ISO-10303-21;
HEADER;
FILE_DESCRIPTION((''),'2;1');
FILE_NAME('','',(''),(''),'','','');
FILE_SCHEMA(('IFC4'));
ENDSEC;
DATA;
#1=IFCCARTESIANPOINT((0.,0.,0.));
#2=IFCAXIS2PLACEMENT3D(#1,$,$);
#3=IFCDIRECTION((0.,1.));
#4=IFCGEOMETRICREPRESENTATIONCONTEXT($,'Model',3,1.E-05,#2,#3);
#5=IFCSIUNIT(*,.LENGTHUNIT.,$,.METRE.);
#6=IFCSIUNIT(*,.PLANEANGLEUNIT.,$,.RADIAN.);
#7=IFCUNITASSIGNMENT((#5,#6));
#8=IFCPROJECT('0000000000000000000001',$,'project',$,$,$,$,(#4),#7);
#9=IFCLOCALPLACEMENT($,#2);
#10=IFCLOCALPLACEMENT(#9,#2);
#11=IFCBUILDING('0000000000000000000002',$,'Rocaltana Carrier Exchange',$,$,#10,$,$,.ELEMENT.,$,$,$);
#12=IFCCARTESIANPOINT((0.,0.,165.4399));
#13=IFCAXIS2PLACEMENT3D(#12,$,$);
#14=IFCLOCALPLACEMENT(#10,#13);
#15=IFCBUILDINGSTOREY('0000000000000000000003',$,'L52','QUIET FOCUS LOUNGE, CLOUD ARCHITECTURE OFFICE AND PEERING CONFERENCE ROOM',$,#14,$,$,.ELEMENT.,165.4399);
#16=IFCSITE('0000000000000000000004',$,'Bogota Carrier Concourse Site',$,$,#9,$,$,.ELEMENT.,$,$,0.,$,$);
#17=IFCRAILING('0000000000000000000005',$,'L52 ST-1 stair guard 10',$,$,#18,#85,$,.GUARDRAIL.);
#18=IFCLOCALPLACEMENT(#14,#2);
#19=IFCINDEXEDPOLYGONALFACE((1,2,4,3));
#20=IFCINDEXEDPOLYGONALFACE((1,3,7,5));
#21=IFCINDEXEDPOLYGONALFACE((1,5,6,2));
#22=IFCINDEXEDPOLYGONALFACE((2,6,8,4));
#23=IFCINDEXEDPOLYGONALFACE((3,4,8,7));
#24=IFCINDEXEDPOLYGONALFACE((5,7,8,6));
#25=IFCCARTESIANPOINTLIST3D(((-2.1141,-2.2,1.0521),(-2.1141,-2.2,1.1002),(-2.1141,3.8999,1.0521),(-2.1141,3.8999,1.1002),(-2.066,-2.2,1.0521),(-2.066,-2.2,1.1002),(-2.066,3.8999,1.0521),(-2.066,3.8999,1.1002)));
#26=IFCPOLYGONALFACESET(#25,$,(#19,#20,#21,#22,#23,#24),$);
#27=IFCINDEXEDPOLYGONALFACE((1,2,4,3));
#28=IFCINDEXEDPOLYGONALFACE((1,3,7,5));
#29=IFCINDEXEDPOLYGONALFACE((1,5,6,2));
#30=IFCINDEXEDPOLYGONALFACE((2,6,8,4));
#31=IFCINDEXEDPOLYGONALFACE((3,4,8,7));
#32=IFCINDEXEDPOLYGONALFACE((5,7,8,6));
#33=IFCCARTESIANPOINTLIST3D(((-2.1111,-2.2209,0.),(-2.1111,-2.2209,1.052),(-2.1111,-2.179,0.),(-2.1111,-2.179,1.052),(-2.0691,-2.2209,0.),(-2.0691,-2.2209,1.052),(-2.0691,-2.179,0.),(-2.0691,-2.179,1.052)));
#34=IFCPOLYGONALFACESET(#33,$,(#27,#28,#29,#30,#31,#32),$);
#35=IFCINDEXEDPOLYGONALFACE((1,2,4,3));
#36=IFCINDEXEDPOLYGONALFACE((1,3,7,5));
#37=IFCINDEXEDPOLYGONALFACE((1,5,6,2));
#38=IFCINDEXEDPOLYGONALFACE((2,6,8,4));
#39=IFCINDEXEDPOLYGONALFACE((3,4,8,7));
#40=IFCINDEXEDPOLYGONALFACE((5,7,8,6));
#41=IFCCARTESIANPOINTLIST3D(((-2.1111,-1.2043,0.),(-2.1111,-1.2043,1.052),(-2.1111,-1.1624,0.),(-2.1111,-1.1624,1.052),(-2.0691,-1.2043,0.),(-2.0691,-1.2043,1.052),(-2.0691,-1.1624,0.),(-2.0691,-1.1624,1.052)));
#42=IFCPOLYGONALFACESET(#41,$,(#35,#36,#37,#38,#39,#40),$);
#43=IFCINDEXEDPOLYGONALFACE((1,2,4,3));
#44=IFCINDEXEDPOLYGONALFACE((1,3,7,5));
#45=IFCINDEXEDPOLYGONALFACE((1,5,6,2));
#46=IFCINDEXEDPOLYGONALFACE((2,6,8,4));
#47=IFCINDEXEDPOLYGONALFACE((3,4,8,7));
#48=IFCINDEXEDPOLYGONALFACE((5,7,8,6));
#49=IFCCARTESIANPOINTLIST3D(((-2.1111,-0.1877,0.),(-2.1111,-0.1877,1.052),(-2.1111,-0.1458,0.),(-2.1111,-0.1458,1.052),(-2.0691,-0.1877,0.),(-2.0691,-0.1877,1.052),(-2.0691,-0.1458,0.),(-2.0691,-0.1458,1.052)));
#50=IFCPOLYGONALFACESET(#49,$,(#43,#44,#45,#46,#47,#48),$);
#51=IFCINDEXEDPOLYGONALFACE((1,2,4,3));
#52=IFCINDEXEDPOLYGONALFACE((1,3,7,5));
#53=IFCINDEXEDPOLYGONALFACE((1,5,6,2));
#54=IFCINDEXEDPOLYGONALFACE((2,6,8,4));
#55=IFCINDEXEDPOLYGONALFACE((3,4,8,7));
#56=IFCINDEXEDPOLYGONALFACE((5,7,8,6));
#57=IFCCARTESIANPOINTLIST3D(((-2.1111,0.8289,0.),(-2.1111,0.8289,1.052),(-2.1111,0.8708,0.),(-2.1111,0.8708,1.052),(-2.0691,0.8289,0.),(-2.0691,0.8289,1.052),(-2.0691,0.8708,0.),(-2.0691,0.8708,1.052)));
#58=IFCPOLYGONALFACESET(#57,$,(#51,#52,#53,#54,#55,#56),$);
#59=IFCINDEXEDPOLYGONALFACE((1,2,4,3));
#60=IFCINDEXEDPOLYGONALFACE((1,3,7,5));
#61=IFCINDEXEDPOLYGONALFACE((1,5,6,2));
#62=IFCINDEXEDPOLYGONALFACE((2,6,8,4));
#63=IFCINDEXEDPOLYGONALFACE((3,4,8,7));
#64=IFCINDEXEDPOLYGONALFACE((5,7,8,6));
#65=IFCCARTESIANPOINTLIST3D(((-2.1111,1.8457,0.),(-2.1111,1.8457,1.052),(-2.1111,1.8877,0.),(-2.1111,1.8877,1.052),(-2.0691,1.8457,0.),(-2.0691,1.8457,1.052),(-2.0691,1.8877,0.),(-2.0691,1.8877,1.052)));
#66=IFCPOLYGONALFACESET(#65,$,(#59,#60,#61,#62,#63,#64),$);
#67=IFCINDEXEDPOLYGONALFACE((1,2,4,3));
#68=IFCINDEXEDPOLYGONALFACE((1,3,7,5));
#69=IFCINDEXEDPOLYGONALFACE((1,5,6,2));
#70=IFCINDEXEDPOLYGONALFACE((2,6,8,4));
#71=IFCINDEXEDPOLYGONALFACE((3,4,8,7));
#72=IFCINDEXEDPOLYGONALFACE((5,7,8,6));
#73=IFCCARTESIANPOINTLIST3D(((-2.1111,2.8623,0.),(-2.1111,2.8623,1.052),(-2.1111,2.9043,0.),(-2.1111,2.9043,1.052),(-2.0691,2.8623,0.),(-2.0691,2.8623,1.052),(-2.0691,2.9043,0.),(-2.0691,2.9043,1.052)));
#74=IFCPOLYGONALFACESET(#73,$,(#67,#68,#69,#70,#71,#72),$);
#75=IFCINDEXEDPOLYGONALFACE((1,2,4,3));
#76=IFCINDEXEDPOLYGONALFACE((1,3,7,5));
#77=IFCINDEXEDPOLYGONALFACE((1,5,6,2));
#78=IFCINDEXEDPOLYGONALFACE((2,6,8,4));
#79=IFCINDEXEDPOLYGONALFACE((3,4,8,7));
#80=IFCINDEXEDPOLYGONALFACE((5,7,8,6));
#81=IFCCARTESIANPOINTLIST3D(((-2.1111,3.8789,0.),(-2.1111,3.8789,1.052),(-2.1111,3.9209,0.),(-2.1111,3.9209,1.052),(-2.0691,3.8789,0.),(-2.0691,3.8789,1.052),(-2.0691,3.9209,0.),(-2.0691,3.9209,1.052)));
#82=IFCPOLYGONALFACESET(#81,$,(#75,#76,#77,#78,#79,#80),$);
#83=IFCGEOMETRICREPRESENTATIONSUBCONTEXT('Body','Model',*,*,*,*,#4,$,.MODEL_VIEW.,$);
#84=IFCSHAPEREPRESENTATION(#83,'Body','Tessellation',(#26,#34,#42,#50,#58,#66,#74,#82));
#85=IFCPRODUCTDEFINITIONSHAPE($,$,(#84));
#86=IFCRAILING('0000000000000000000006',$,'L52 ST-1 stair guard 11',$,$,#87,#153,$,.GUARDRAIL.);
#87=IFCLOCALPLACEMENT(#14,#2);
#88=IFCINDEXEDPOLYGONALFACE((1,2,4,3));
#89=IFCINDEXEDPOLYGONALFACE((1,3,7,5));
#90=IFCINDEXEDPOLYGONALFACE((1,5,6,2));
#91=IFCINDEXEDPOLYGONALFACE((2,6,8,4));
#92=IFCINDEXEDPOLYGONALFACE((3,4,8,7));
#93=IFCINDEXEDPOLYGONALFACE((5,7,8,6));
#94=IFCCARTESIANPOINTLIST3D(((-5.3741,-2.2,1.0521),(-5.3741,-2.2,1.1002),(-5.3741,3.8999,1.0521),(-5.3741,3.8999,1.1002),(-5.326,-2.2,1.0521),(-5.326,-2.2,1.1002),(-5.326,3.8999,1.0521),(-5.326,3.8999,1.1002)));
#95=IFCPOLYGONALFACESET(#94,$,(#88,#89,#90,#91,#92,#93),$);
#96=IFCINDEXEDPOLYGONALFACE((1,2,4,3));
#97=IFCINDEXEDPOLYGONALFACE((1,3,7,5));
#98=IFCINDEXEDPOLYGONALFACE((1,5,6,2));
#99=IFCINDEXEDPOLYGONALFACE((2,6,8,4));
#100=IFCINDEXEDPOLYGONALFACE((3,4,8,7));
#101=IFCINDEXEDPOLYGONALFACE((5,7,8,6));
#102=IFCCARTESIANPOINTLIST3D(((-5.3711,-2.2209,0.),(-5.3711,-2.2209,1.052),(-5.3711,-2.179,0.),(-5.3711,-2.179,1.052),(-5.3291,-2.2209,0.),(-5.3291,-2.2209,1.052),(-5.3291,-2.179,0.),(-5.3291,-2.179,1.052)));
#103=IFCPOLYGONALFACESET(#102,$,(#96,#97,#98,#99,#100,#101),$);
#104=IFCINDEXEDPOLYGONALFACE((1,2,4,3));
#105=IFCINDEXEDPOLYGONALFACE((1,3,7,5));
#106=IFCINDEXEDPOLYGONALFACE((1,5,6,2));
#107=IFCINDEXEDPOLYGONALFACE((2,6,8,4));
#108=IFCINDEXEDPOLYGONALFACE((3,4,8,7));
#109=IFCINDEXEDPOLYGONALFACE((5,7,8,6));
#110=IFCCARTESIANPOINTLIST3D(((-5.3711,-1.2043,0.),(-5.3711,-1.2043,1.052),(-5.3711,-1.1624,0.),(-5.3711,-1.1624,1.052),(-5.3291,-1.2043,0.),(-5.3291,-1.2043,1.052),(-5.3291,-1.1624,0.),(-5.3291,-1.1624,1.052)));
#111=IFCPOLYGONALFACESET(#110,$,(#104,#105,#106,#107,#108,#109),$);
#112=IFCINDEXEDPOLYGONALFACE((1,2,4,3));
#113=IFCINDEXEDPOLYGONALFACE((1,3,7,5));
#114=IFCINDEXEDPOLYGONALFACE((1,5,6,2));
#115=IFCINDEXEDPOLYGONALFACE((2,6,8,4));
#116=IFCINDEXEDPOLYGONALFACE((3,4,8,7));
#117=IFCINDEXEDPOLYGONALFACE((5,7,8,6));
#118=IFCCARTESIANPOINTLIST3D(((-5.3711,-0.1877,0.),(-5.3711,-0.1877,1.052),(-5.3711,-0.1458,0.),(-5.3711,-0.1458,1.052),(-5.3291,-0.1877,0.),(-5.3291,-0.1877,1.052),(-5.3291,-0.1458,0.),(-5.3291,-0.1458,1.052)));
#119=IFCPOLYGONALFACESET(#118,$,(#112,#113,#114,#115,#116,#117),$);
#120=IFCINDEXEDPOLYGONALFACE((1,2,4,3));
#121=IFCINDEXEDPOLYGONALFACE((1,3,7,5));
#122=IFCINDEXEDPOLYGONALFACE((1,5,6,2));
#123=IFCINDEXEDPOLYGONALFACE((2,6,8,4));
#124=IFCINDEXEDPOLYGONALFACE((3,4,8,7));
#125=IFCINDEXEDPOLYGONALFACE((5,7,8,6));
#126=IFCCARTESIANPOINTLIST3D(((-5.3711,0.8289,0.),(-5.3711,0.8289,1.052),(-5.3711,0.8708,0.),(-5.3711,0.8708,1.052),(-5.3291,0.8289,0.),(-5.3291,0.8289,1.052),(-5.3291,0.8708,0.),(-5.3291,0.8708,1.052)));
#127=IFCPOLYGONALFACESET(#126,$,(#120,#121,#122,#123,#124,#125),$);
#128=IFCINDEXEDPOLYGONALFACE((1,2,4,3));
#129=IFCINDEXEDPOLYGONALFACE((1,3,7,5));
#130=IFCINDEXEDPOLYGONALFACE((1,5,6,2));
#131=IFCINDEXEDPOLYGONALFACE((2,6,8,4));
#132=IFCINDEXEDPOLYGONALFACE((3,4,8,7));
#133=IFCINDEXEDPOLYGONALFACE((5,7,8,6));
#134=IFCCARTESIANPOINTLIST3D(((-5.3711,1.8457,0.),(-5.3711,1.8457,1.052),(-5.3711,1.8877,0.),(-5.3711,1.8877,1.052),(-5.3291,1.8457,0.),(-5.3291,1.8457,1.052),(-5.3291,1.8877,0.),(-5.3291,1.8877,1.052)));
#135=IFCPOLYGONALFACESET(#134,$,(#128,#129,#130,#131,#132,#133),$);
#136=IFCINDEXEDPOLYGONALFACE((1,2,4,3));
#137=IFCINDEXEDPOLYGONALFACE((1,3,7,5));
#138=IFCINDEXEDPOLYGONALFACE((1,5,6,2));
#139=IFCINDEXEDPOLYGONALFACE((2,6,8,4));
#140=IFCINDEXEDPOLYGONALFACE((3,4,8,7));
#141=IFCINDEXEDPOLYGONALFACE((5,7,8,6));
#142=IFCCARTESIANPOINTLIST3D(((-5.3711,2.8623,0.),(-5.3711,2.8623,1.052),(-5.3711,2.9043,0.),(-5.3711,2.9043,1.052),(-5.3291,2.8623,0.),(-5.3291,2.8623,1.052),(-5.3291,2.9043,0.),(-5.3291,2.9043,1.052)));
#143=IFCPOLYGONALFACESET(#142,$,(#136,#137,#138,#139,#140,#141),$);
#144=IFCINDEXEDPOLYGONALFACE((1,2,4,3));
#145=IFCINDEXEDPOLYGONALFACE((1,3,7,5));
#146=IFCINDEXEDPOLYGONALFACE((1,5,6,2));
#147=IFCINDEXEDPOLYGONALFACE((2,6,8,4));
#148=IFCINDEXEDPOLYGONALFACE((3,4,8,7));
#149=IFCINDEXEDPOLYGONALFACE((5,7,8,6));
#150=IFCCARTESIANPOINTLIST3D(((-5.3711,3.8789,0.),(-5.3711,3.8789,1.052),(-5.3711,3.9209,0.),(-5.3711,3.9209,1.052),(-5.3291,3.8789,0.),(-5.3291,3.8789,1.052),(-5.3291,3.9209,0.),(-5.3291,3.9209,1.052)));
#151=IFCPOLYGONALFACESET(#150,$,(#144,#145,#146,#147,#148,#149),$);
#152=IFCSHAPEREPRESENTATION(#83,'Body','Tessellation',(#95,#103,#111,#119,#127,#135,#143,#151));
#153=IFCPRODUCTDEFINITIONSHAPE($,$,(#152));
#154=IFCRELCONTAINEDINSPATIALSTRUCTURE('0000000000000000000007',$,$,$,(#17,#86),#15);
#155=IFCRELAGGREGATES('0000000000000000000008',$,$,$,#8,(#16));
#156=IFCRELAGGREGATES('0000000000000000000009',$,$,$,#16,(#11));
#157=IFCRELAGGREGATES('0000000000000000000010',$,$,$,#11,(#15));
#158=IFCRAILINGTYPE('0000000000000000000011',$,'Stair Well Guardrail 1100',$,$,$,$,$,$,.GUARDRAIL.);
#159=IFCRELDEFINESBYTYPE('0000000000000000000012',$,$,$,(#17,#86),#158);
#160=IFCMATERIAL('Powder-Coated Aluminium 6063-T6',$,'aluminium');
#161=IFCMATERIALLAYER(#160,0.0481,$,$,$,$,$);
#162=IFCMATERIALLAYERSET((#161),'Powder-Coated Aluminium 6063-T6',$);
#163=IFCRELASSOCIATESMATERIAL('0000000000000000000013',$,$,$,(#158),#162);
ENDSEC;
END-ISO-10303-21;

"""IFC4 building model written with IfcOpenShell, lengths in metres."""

from ifc_helpers import new_model, si_unit, direction, frame, origin, origin_2d, place, context, subcontext, project, spatial, rectangle, extrude, material, layer, layer_set, type_object, element, save


model = new_model("IFC4")

# Units and contexts
model_context = context("Model", 3, precision=1e-05, world=origin(), true_north=direction((0.0, 1.0)))
body_context = subcontext(model_context, "Body", "Model", "MODEL_VIEW")
ifc_project = project(units=[si_unit("LENGTHUNIT", "METRE"), si_unit("PLANEANGLEUNIT", "RADIAN")], contexts=[model_context])

# Site, building, storey
site_placement = place(None, origin())
site = spatial("IfcSite", under=ifc_project, at=site_placement, Name="Bogota Carrier Concourse Site", CompositionType="ELEMENT", RefElevation=0.0)
building_placement = place(site_placement, origin())
building = spatial("IfcBuilding", under=site, at=building_placement, Name="Rocaltana Carrier Exchange", CompositionType="ELEMENT")
storey_placement = place(building_placement, frame((0.0, 0.0, 165.4399)))
storey = spatial("IfcBuildingStorey", under=building, at=storey_placement, Name="L52", Description="QUIET FOCUS LOUNGE, CLOUD ARCHITECTURE OFFICE AND PEERING CONFERENCE ROOM", CompositionType="ELEMENT", Elevation=165.4399)

# Railings
ifc_material_1 = material(Name="Powder-Coated Aluminium 6063-T6", Category="aluminium")
ifc_layer_1 = layer(ifc_material_1, 0.0481)
ifc_layer_set_1 = layer_set([ifc_layer_1], Name="Powder-Coated Aluminium 6063-T6")
railing_type_1 = type_object("IfcRailingType", Name="Stair Well Guardrail 1100", PredefinedType="GUARDRAIL", material=ifc_layer_set_1)
for number, where, name in (
    (1, (-2.0901, -2.2, 0.0), "L52 ST-1 stair guard 10"),
    (2, (-5.3501, -2.2, 0.0), "L52 ST-1 stair guard 11"),
):
    element("IfcRailing", number, at=place(storey_placement, frame(where)), inside=storey, type_object=railing_type_1, Name=name, PredefinedType="GUARDRAIL", context=body_context, shape_type="SweptSolid", body=[
        extrude(rectangle(XDim=0.0481, YDim=0.0481, at=origin_2d()), frame((0.0, 0.0, 1.0762), z_axis=(0.0, 1.0, 0.0), x_axis=(-1.0, 0.0, 0.0)), (0.0, 0.0, 1.0), 6.0999),
        extrude(rectangle(XDim=0.042, YDim=0.042, at=origin_2d()), origin(), (0.0, 0.0, 1.0), 1.052),
        extrude(rectangle(XDim=0.042, YDim=0.042, at=origin_2d()), frame((0.0, 1.0166, 0.0)), (0.0, 0.0, 1.0), 1.052),
        extrude(rectangle(XDim=0.042, YDim=0.042, at=origin_2d()), frame((0.0, 2.0332, 0.0)), (0.0, 0.0, 1.0), 1.052),
        extrude(rectangle(XDim=0.042, YDim=0.042, at=origin_2d()), frame((0.0, 3.0498, 0.0)), (0.0, 0.0, 1.0), 1.052),
        extrude(rectangle(XDim=0.042, YDim=0.042, at=origin_2d()), frame((0.0, 4.0667, 0.0)), (0.0, 0.0, 1.0), 1.052),
        extrude(rectangle(XDim=0.042, YDim=0.042, at=origin_2d()), frame((0.0, 5.0833, 0.0)), (0.0, 0.0, 1.0), 1.052),
        extrude(rectangle(XDim=0.042, YDim=0.042, at=origin_2d()), frame((0.0, 6.0999, 0.0)), (0.0, 0.0, 1.0), 1.052),
    ])

save(model, "model.ifc")
